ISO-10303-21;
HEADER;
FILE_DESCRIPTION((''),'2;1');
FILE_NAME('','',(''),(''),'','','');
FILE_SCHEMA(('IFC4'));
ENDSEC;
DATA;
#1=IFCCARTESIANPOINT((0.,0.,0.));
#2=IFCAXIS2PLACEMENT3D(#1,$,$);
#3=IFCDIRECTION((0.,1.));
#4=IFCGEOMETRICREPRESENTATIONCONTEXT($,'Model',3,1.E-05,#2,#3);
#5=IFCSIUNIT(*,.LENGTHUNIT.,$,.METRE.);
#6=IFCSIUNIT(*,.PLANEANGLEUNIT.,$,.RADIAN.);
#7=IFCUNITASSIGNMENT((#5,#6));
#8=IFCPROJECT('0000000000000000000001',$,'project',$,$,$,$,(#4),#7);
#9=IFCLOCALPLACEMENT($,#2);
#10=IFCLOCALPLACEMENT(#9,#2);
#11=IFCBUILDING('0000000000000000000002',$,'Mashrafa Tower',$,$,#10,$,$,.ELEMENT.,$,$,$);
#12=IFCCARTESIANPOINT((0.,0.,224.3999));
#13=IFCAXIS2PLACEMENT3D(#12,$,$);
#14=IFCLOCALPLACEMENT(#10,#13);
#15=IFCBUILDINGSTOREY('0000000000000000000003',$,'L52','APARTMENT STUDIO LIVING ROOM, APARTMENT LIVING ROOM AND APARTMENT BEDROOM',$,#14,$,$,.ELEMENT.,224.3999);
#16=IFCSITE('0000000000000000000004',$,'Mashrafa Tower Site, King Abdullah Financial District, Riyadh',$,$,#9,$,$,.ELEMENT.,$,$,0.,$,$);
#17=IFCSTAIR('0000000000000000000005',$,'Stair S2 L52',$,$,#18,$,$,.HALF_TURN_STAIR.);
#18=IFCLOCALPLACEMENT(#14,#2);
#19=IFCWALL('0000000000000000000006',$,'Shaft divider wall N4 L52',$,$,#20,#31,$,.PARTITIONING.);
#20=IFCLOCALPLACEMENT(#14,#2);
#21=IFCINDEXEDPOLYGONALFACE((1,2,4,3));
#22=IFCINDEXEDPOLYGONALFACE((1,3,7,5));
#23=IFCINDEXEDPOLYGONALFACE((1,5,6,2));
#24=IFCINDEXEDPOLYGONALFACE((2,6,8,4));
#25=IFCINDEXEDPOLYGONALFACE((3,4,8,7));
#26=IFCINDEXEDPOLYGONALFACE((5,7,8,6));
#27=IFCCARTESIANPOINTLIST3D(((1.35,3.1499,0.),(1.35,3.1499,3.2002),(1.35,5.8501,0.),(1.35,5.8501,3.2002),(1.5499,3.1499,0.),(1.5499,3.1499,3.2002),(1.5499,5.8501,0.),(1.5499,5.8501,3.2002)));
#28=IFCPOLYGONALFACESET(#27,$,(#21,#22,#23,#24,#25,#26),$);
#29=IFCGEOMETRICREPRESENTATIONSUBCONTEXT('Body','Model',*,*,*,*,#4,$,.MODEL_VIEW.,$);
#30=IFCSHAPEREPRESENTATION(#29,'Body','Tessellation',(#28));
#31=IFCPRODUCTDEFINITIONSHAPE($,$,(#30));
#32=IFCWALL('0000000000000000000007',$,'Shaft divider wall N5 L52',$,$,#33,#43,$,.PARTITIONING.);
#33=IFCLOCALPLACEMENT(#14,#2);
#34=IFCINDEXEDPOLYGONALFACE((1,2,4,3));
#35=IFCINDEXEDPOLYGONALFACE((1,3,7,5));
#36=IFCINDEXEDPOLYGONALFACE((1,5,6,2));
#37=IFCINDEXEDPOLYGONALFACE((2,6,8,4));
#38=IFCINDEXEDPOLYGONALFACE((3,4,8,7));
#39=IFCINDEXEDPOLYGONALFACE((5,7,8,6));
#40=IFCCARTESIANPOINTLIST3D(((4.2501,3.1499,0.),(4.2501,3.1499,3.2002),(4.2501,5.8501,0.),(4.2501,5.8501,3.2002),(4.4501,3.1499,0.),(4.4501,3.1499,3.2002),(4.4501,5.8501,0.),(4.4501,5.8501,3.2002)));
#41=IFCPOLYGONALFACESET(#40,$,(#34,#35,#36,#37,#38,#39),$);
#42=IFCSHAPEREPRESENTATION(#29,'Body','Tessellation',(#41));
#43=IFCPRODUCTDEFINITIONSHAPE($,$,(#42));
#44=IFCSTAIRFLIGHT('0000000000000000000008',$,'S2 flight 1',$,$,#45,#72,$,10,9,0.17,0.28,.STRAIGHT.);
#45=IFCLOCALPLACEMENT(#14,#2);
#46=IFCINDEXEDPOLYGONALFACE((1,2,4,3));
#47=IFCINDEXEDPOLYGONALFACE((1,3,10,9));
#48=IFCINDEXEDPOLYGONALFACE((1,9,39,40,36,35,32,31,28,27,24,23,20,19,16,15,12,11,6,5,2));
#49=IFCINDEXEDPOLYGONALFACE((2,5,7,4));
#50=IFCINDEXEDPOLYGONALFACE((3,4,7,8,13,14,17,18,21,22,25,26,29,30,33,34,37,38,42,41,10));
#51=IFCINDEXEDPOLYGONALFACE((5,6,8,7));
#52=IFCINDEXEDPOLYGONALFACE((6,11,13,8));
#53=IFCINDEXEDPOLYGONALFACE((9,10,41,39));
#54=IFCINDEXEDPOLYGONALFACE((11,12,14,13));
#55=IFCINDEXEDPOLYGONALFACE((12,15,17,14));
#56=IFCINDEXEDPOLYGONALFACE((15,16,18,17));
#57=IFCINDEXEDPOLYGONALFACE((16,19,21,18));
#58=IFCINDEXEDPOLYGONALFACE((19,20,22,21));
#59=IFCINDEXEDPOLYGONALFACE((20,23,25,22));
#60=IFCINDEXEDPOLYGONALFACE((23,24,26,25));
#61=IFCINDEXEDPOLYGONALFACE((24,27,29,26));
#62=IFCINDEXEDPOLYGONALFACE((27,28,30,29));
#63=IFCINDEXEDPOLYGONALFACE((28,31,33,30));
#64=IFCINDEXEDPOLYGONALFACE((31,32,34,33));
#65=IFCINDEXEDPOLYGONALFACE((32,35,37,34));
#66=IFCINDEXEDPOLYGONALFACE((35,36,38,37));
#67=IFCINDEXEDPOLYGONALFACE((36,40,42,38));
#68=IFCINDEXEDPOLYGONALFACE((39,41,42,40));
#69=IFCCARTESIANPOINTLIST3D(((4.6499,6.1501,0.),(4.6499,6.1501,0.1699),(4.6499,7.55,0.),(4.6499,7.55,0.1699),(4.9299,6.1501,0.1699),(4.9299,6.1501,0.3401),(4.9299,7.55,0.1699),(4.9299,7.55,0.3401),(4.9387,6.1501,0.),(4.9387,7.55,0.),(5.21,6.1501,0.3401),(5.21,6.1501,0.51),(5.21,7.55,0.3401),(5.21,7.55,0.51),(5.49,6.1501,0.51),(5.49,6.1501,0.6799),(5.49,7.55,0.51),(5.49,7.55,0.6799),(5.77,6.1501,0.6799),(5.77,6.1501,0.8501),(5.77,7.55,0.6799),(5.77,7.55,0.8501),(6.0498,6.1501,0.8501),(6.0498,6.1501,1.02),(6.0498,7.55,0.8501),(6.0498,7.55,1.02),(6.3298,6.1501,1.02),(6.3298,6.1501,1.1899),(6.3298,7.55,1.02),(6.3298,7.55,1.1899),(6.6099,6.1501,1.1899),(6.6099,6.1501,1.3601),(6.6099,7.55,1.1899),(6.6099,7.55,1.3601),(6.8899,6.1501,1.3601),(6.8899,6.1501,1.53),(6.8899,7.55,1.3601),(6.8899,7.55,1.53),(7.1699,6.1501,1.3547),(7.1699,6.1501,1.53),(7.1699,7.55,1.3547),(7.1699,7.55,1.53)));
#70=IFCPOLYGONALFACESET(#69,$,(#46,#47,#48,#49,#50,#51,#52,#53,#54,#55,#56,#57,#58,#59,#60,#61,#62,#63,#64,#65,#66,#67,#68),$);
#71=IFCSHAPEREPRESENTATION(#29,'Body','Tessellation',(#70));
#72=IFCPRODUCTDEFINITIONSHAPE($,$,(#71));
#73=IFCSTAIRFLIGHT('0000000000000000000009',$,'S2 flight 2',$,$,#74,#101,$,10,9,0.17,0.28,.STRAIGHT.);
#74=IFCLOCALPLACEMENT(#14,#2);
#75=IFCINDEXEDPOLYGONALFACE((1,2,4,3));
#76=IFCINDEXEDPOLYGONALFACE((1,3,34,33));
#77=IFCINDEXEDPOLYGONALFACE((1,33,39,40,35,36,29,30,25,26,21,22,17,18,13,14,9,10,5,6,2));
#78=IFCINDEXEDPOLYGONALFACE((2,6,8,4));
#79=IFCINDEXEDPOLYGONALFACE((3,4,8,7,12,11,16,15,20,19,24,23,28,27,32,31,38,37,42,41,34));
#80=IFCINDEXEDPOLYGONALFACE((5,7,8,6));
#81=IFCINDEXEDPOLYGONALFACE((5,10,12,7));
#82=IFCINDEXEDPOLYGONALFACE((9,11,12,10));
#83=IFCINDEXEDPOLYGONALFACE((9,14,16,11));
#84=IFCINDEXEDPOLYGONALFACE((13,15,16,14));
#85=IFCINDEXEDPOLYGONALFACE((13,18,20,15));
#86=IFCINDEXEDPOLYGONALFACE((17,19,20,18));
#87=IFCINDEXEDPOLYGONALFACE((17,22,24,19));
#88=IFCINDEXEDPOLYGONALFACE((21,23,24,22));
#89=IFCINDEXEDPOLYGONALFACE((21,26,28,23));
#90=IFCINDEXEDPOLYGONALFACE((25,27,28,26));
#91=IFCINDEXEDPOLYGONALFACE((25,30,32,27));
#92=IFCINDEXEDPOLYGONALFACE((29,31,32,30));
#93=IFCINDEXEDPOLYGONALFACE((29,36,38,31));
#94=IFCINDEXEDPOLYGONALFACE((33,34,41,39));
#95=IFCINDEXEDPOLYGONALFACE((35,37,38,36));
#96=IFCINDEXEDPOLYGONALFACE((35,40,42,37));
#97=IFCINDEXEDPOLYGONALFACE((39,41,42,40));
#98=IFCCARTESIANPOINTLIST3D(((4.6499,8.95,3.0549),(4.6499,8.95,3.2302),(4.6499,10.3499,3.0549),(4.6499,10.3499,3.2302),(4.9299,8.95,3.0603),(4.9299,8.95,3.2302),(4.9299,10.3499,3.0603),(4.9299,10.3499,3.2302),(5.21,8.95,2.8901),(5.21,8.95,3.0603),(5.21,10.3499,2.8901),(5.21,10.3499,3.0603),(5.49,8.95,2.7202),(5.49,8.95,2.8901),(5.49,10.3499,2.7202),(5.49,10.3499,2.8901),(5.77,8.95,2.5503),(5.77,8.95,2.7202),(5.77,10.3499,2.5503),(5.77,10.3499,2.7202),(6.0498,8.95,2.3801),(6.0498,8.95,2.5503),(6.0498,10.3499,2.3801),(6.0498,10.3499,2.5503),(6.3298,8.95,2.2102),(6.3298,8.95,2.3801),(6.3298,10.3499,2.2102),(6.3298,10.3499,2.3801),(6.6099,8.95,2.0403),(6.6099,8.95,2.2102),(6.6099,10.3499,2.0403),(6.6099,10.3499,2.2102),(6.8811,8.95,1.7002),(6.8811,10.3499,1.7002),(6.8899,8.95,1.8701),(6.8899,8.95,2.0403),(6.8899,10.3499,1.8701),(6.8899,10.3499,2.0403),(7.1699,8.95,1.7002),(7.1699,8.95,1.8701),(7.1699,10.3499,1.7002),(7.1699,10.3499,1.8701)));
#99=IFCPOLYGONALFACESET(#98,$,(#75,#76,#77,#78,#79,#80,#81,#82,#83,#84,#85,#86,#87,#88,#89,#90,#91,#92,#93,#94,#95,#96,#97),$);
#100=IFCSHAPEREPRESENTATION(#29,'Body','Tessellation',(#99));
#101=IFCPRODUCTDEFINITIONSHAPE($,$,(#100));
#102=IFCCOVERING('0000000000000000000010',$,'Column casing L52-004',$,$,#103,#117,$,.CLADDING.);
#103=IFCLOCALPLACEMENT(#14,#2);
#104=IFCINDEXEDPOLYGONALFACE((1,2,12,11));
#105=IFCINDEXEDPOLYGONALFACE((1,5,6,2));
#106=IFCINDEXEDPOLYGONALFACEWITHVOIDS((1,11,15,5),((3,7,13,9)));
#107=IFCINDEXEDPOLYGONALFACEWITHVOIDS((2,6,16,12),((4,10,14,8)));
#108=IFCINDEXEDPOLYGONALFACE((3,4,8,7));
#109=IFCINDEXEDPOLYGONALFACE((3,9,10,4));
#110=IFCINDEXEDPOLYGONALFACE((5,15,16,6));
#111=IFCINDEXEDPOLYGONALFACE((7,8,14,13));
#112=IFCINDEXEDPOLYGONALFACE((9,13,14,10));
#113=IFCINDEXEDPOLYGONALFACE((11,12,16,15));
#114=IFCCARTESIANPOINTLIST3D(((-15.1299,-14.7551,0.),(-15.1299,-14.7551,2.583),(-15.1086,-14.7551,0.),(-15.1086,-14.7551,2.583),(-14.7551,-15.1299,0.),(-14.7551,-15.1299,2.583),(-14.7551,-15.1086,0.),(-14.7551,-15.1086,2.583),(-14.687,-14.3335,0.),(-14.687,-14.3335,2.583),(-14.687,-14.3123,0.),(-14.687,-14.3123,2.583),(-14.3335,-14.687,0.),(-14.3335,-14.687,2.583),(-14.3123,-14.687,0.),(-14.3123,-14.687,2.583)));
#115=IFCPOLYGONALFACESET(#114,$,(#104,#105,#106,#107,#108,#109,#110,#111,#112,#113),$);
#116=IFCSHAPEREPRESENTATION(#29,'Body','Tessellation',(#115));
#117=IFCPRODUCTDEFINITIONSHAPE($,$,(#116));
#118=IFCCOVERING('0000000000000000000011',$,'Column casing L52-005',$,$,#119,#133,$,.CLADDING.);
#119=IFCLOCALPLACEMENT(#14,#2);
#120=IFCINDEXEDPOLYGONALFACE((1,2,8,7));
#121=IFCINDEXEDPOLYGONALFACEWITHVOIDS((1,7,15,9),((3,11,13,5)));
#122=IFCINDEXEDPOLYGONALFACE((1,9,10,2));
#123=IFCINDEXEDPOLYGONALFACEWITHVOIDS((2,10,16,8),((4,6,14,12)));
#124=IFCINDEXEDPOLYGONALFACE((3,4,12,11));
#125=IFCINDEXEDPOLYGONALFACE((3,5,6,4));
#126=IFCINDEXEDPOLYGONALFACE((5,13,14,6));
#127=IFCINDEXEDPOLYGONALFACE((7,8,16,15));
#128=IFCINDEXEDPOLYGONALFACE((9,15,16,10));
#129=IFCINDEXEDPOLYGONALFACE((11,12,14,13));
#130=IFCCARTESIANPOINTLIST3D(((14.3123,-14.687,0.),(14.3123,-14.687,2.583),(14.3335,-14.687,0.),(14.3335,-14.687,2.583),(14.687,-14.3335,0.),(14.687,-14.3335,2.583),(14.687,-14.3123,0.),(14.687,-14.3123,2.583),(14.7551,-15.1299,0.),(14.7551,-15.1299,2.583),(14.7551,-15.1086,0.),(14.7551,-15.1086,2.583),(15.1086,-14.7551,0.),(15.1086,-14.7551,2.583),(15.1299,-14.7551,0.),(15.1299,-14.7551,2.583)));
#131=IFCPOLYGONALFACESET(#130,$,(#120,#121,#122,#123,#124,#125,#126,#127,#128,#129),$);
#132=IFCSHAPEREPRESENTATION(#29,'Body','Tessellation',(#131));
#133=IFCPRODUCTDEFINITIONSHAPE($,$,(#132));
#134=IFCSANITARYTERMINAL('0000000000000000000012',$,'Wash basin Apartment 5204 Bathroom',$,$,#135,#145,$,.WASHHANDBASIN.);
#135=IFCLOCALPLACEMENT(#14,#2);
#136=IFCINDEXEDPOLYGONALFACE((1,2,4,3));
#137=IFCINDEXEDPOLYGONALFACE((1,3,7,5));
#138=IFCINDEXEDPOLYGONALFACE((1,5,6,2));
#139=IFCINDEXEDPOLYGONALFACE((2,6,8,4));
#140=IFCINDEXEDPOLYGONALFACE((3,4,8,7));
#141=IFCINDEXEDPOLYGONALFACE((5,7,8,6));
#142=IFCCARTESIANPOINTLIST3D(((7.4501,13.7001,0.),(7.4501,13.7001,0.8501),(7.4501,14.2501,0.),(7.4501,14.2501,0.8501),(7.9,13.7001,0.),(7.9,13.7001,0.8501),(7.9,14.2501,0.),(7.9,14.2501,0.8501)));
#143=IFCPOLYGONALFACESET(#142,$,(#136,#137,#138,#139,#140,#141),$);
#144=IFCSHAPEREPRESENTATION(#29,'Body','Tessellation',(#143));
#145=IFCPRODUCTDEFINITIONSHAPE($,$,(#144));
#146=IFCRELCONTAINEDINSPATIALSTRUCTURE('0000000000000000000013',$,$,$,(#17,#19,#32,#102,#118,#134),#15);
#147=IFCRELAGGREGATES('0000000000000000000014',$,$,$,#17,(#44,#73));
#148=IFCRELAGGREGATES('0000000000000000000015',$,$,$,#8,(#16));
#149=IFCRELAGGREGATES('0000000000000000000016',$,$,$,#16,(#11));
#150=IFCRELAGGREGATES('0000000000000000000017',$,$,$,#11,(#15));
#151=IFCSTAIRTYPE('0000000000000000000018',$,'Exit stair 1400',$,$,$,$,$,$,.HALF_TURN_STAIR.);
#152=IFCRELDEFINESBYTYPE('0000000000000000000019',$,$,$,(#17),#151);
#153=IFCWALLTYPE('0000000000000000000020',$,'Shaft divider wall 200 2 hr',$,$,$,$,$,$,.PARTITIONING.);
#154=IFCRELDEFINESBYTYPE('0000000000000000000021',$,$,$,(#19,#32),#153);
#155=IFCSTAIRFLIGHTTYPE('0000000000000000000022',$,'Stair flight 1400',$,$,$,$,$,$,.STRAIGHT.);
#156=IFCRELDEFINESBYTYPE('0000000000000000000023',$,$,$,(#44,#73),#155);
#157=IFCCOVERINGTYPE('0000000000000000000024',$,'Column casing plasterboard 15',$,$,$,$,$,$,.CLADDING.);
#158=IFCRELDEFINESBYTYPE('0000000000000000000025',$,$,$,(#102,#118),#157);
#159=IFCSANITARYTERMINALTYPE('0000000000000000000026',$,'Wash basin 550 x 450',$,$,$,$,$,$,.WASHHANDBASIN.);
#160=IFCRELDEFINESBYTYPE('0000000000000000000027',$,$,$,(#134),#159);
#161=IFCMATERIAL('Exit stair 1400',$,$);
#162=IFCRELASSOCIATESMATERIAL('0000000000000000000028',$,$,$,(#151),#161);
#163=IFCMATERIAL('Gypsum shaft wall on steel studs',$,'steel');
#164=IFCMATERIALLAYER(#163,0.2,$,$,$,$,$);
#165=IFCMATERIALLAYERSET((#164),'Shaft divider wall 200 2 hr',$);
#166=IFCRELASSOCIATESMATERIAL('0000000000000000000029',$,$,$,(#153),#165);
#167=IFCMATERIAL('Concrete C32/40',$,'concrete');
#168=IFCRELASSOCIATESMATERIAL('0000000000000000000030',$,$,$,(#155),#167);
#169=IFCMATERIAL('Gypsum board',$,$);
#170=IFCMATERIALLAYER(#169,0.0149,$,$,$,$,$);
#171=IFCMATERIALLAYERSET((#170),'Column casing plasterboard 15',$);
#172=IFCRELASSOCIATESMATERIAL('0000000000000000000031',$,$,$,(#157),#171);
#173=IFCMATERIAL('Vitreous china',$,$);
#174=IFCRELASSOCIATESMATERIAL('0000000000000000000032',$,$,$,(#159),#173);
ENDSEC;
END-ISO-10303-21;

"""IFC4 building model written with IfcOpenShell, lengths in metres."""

from ifc_helpers import new_model, si_unit, direction, frame, frame_2d, origin, origin_2d, place, context, subcontext, project, spatial, polyline, rectangle, outline, extrude, material, layer, layer_set, type_object, element, aggregate, save


model = new_model("IFC4")

# Units and contexts
model_context = context("Model", 3, precision=1e-05, world=origin(), true_north=direction((0.0, 1.0)))
body_context = subcontext(model_context, "Body", "Model", "MODEL_VIEW")
ifc_project = project(units=[si_unit("LENGTHUNIT", "METRE"), si_unit("PLANEANGLEUNIT", "RADIAN")], contexts=[model_context])

# Site, building, storey
site_placement = place(None, origin())
site = spatial("IfcSite", under=ifc_project, at=site_placement, Name="Mashrafa Tower Site, King Abdullah Financial District, Riyadh", CompositionType="ELEMENT", RefElevation=0.0)
building_placement = place(site_placement, origin())
building = spatial("IfcBuilding", under=site, at=building_placement, Name="Mashrafa Tower", CompositionType="ELEMENT")
storey_placement = place(building_placement, frame((0.0, 0.0, 224.3999)))
storey = spatial("IfcBuildingStorey", under=building, at=storey_placement, Name="L52", Description="APARTMENT STUDIO LIVING ROOM, APARTMENT LIVING ROOM AND APARTMENT BEDROOM", CompositionType="ELEMENT", Elevation=224.3999)

# Stair
ifc_material_1 = material(Name="Exit stair 1400")
stair_type = type_object("IfcStairType", Name="Exit stair 1400", PredefinedType="HALF_TURN_STAIR", material=ifc_material_1)
stair_1_placement = place(storey_placement, origin())
stair_1 = element("IfcStair", 1, at=stair_1_placement, inside=storey, type_object=stair_type, Name="Stair S2 L52", PredefinedType="HALF_TURN_STAIR")

# Walls
ifc_material_2 = material(Name="Gypsum shaft wall on steel studs", Category="steel")
ifc_layer_1 = layer(ifc_material_2, 0.2)
ifc_layer_set_1 = layer_set([ifc_layer_1], Name="Shaft divider wall 200 2 hr")
wall_type_1 = type_object("IfcWallType", Name="Shaft divider wall 200 2 hr", PredefinedType="PARTITIONING", material=ifc_layer_set_1)
for number, where, z_axis, x_axis, name in (
    (2, (1.45, 3.1499, 0.0), (0.0, 0.0, 1.0), (0.0, 1.0, 0.0), "Shaft divider wall N4 L52"),
    (3, (4.3501, 3.1499, 0.0), (0.0, 0.0, 1.0), (0.0, 1.0, 0.0), "Shaft divider wall N5 L52"),
):
    element("IfcWall", number, at=place(storey_placement, frame(where, z_axis=z_axis, x_axis=x_axis)), inside=storey, type_object=wall_type_1, Name=name, PredefinedType="PARTITIONING", context=body_context, shape_type="SweptSolid", body=[
        extrude(rectangle(XDim=2.7002, YDim=0.2, at=frame_2d((1.3501, 0.0))), origin(), (0.0, 0.0, 1.0), 3.2002),
    ])

# Stair flights
ifc_material_3 = material(Name="Concrete C32/40", Category="concrete")
stair_flight_type = type_object("IfcStairFlightType", Name="Stair flight 1400", PredefinedType="STRAIGHT", material=ifc_material_3)
stair_flight_1_placement = place(storey_placement, frame((4.6499, 6.8501, 0.0), z_axis=(0.0, 0.0, 1.0), x_axis=(1.0, 0.0, 0.0)))
stair_flight_1 = element("IfcStairFlight", 4, at=stair_flight_1_placement, type_object=stair_flight_type, Name="S2 flight 1", NumberOfRisers=10, NumberOfTreads=9, PredefinedType="STRAIGHT", RiserHeight=0.17, TreadLength=0.28, context=body_context, shape_type="SweptSolid", body=[
    extrude(outline(polyline([(0.0, 0.0), (0.0, 0.1699), (0.28, 0.1699), (0.28, 0.3401), (0.5601, 0.3401), (0.5601, 0.51), (0.8401, 0.51), (0.8401, 0.6799), (1.1201, 0.6799), (1.1201, 0.8501), (1.3999, 0.8501), (1.3999, 1.02), (1.6799, 1.02), (1.6799, 1.1899), (1.96, 1.1899), (1.96, 1.3601), (2.24, 1.3601), (2.24, 1.53), (2.52, 1.53), (2.52, 1.7), (2.52, 1.3547), (0.2888, 0.0), (0.0, 0.0)])), frame((0.0, 0.7, 0.0), z_axis=(0.0, -1.0, 0.0), x_axis=(1.0, 0.0, 0.0)), (0.0, 0.0, 1.0), 1.3999),
])
stair_flight_2_placement = place(storey_placement, frame((7.1699, 9.6499, 1.7002), z_axis=(0.0, 0.0, 1.0), x_axis=(-1.0, 0.0, 0.0)))
stair_flight_2 = element("IfcStairFlight", 5, at=stair_flight_2_placement, type_object=stair_flight_type, Name="S2 flight 2", NumberOfRisers=10, NumberOfTreads=9, PredefinedType="STRAIGHT", RiserHeight=0.17, TreadLength=0.28, context=body_context, shape_type="SweptSolid", body=[
    extrude(outline(polyline([(0.0, 0.0), (0.0, 0.1699), (0.28, 0.1699), (0.28, 0.3401), (0.5601, 0.3401), (0.5601, 0.51), (0.8401, 0.51), (0.8401, 0.6799), (1.1201, 0.6799), (1.1201, 0.8501), (1.3999, 0.8501), (1.3999, 1.02), (1.6799, 1.02), (1.6799, 1.1899), (1.96, 1.1899), (1.96, 1.3601), (2.24, 1.3601), (2.24, 1.53), (2.52, 1.53), (2.52, 1.7), (2.52, 1.3547), (0.2888, 0.0), (0.0, 0.0)])), frame((0.0, 0.7, 0.0), z_axis=(0.0, -1.0, 0.0), x_axis=(1.0, 0.0, 0.0)), (0.0, 0.0, 1.0), 1.3999),
])
aggregate(stair_1, [stair_flight_1, stair_flight_2])

# Coverings
ifc_material_4 = material(Name="Gypsum board")
ifc_layer_2 = layer(ifc_material_4, 0.0149)
ifc_layer_set_2 = layer_set([ifc_layer_2], Name="Column casing plasterboard 15")
covering_type = type_object("IfcCoveringType", Name="Column casing plasterboard 15", PredefinedType="CLADDING", material=ifc_layer_set_2)
covering_1_placement = place(storey_placement, origin())
element("IfcCovering", 6, at=covering_1_placement, inside=storey, type_object=covering_type, Name="Column casing L52-004", PredefinedType="CLADDING", context=body_context, shape_type="SweptSolid", body=[
    extrude(outline(polyline([(-15.1299, -14.7551), (-14.687, -14.3123), (-14.3123, -14.687), (-14.7551, -15.1299), (-15.1299, -14.7551)]), holes=[polyline([(-14.3335, -14.687), (-14.687, -14.3335), (-15.1086, -14.7551), (-14.7551, -15.1086), (-14.3335, -14.687)])]), origin(), (0.0, 0.0, 1.0), 2.583),
])
covering_2_placement = place(storey_placement, origin())
element("IfcCovering", 7, at=covering_2_placement, inside=storey, type_object=covering_type, Name="Column casing L52-005", PredefinedType="CLADDING", context=body_context, shape_type="SweptSolid", body=[
    extrude(outline(polyline([(14.3123, -14.687), (14.687, -14.3123), (15.1299, -14.7551), (14.7551, -15.1299), (14.3123, -14.687)]), holes=[polyline([(15.1086, -14.7551), (14.687, -14.3335), (14.3335, -14.687), (14.7551, -15.1086), (15.1086, -14.7551)])]), origin(), (0.0, 0.0, 1.0), 2.583),
])

# Sanitary terminal
ifc_material_5 = material(Name="Vitreous china")
sanitary_terminal_type = type_object("IfcSanitaryTerminalType", Name="Wash basin 550 x 450", PredefinedType="WASHHANDBASIN", material=ifc_material_5)
sanitary_terminal_placement = place(storey_placement, frame((7.675, 13.9751, 0.0), z_axis=(0.0, 0.0, 1.0), x_axis=(0.0, -1.0, 0.0)))
element("IfcSanitaryTerminal", 8, at=sanitary_terminal_placement, inside=storey, type_object=sanitary_terminal_type, Name="Wash basin Apartment 5204 Bathroom", PredefinedType="WASHHANDBASIN", context=body_context, shape_type="SweptSolid", body=[
    extrude(rectangle(XDim=0.55, YDim=0.45, at=origin_2d()), origin(), (0.0, 0.0, 1.0), 0.8501),
])

save(model, "model.ifc")
